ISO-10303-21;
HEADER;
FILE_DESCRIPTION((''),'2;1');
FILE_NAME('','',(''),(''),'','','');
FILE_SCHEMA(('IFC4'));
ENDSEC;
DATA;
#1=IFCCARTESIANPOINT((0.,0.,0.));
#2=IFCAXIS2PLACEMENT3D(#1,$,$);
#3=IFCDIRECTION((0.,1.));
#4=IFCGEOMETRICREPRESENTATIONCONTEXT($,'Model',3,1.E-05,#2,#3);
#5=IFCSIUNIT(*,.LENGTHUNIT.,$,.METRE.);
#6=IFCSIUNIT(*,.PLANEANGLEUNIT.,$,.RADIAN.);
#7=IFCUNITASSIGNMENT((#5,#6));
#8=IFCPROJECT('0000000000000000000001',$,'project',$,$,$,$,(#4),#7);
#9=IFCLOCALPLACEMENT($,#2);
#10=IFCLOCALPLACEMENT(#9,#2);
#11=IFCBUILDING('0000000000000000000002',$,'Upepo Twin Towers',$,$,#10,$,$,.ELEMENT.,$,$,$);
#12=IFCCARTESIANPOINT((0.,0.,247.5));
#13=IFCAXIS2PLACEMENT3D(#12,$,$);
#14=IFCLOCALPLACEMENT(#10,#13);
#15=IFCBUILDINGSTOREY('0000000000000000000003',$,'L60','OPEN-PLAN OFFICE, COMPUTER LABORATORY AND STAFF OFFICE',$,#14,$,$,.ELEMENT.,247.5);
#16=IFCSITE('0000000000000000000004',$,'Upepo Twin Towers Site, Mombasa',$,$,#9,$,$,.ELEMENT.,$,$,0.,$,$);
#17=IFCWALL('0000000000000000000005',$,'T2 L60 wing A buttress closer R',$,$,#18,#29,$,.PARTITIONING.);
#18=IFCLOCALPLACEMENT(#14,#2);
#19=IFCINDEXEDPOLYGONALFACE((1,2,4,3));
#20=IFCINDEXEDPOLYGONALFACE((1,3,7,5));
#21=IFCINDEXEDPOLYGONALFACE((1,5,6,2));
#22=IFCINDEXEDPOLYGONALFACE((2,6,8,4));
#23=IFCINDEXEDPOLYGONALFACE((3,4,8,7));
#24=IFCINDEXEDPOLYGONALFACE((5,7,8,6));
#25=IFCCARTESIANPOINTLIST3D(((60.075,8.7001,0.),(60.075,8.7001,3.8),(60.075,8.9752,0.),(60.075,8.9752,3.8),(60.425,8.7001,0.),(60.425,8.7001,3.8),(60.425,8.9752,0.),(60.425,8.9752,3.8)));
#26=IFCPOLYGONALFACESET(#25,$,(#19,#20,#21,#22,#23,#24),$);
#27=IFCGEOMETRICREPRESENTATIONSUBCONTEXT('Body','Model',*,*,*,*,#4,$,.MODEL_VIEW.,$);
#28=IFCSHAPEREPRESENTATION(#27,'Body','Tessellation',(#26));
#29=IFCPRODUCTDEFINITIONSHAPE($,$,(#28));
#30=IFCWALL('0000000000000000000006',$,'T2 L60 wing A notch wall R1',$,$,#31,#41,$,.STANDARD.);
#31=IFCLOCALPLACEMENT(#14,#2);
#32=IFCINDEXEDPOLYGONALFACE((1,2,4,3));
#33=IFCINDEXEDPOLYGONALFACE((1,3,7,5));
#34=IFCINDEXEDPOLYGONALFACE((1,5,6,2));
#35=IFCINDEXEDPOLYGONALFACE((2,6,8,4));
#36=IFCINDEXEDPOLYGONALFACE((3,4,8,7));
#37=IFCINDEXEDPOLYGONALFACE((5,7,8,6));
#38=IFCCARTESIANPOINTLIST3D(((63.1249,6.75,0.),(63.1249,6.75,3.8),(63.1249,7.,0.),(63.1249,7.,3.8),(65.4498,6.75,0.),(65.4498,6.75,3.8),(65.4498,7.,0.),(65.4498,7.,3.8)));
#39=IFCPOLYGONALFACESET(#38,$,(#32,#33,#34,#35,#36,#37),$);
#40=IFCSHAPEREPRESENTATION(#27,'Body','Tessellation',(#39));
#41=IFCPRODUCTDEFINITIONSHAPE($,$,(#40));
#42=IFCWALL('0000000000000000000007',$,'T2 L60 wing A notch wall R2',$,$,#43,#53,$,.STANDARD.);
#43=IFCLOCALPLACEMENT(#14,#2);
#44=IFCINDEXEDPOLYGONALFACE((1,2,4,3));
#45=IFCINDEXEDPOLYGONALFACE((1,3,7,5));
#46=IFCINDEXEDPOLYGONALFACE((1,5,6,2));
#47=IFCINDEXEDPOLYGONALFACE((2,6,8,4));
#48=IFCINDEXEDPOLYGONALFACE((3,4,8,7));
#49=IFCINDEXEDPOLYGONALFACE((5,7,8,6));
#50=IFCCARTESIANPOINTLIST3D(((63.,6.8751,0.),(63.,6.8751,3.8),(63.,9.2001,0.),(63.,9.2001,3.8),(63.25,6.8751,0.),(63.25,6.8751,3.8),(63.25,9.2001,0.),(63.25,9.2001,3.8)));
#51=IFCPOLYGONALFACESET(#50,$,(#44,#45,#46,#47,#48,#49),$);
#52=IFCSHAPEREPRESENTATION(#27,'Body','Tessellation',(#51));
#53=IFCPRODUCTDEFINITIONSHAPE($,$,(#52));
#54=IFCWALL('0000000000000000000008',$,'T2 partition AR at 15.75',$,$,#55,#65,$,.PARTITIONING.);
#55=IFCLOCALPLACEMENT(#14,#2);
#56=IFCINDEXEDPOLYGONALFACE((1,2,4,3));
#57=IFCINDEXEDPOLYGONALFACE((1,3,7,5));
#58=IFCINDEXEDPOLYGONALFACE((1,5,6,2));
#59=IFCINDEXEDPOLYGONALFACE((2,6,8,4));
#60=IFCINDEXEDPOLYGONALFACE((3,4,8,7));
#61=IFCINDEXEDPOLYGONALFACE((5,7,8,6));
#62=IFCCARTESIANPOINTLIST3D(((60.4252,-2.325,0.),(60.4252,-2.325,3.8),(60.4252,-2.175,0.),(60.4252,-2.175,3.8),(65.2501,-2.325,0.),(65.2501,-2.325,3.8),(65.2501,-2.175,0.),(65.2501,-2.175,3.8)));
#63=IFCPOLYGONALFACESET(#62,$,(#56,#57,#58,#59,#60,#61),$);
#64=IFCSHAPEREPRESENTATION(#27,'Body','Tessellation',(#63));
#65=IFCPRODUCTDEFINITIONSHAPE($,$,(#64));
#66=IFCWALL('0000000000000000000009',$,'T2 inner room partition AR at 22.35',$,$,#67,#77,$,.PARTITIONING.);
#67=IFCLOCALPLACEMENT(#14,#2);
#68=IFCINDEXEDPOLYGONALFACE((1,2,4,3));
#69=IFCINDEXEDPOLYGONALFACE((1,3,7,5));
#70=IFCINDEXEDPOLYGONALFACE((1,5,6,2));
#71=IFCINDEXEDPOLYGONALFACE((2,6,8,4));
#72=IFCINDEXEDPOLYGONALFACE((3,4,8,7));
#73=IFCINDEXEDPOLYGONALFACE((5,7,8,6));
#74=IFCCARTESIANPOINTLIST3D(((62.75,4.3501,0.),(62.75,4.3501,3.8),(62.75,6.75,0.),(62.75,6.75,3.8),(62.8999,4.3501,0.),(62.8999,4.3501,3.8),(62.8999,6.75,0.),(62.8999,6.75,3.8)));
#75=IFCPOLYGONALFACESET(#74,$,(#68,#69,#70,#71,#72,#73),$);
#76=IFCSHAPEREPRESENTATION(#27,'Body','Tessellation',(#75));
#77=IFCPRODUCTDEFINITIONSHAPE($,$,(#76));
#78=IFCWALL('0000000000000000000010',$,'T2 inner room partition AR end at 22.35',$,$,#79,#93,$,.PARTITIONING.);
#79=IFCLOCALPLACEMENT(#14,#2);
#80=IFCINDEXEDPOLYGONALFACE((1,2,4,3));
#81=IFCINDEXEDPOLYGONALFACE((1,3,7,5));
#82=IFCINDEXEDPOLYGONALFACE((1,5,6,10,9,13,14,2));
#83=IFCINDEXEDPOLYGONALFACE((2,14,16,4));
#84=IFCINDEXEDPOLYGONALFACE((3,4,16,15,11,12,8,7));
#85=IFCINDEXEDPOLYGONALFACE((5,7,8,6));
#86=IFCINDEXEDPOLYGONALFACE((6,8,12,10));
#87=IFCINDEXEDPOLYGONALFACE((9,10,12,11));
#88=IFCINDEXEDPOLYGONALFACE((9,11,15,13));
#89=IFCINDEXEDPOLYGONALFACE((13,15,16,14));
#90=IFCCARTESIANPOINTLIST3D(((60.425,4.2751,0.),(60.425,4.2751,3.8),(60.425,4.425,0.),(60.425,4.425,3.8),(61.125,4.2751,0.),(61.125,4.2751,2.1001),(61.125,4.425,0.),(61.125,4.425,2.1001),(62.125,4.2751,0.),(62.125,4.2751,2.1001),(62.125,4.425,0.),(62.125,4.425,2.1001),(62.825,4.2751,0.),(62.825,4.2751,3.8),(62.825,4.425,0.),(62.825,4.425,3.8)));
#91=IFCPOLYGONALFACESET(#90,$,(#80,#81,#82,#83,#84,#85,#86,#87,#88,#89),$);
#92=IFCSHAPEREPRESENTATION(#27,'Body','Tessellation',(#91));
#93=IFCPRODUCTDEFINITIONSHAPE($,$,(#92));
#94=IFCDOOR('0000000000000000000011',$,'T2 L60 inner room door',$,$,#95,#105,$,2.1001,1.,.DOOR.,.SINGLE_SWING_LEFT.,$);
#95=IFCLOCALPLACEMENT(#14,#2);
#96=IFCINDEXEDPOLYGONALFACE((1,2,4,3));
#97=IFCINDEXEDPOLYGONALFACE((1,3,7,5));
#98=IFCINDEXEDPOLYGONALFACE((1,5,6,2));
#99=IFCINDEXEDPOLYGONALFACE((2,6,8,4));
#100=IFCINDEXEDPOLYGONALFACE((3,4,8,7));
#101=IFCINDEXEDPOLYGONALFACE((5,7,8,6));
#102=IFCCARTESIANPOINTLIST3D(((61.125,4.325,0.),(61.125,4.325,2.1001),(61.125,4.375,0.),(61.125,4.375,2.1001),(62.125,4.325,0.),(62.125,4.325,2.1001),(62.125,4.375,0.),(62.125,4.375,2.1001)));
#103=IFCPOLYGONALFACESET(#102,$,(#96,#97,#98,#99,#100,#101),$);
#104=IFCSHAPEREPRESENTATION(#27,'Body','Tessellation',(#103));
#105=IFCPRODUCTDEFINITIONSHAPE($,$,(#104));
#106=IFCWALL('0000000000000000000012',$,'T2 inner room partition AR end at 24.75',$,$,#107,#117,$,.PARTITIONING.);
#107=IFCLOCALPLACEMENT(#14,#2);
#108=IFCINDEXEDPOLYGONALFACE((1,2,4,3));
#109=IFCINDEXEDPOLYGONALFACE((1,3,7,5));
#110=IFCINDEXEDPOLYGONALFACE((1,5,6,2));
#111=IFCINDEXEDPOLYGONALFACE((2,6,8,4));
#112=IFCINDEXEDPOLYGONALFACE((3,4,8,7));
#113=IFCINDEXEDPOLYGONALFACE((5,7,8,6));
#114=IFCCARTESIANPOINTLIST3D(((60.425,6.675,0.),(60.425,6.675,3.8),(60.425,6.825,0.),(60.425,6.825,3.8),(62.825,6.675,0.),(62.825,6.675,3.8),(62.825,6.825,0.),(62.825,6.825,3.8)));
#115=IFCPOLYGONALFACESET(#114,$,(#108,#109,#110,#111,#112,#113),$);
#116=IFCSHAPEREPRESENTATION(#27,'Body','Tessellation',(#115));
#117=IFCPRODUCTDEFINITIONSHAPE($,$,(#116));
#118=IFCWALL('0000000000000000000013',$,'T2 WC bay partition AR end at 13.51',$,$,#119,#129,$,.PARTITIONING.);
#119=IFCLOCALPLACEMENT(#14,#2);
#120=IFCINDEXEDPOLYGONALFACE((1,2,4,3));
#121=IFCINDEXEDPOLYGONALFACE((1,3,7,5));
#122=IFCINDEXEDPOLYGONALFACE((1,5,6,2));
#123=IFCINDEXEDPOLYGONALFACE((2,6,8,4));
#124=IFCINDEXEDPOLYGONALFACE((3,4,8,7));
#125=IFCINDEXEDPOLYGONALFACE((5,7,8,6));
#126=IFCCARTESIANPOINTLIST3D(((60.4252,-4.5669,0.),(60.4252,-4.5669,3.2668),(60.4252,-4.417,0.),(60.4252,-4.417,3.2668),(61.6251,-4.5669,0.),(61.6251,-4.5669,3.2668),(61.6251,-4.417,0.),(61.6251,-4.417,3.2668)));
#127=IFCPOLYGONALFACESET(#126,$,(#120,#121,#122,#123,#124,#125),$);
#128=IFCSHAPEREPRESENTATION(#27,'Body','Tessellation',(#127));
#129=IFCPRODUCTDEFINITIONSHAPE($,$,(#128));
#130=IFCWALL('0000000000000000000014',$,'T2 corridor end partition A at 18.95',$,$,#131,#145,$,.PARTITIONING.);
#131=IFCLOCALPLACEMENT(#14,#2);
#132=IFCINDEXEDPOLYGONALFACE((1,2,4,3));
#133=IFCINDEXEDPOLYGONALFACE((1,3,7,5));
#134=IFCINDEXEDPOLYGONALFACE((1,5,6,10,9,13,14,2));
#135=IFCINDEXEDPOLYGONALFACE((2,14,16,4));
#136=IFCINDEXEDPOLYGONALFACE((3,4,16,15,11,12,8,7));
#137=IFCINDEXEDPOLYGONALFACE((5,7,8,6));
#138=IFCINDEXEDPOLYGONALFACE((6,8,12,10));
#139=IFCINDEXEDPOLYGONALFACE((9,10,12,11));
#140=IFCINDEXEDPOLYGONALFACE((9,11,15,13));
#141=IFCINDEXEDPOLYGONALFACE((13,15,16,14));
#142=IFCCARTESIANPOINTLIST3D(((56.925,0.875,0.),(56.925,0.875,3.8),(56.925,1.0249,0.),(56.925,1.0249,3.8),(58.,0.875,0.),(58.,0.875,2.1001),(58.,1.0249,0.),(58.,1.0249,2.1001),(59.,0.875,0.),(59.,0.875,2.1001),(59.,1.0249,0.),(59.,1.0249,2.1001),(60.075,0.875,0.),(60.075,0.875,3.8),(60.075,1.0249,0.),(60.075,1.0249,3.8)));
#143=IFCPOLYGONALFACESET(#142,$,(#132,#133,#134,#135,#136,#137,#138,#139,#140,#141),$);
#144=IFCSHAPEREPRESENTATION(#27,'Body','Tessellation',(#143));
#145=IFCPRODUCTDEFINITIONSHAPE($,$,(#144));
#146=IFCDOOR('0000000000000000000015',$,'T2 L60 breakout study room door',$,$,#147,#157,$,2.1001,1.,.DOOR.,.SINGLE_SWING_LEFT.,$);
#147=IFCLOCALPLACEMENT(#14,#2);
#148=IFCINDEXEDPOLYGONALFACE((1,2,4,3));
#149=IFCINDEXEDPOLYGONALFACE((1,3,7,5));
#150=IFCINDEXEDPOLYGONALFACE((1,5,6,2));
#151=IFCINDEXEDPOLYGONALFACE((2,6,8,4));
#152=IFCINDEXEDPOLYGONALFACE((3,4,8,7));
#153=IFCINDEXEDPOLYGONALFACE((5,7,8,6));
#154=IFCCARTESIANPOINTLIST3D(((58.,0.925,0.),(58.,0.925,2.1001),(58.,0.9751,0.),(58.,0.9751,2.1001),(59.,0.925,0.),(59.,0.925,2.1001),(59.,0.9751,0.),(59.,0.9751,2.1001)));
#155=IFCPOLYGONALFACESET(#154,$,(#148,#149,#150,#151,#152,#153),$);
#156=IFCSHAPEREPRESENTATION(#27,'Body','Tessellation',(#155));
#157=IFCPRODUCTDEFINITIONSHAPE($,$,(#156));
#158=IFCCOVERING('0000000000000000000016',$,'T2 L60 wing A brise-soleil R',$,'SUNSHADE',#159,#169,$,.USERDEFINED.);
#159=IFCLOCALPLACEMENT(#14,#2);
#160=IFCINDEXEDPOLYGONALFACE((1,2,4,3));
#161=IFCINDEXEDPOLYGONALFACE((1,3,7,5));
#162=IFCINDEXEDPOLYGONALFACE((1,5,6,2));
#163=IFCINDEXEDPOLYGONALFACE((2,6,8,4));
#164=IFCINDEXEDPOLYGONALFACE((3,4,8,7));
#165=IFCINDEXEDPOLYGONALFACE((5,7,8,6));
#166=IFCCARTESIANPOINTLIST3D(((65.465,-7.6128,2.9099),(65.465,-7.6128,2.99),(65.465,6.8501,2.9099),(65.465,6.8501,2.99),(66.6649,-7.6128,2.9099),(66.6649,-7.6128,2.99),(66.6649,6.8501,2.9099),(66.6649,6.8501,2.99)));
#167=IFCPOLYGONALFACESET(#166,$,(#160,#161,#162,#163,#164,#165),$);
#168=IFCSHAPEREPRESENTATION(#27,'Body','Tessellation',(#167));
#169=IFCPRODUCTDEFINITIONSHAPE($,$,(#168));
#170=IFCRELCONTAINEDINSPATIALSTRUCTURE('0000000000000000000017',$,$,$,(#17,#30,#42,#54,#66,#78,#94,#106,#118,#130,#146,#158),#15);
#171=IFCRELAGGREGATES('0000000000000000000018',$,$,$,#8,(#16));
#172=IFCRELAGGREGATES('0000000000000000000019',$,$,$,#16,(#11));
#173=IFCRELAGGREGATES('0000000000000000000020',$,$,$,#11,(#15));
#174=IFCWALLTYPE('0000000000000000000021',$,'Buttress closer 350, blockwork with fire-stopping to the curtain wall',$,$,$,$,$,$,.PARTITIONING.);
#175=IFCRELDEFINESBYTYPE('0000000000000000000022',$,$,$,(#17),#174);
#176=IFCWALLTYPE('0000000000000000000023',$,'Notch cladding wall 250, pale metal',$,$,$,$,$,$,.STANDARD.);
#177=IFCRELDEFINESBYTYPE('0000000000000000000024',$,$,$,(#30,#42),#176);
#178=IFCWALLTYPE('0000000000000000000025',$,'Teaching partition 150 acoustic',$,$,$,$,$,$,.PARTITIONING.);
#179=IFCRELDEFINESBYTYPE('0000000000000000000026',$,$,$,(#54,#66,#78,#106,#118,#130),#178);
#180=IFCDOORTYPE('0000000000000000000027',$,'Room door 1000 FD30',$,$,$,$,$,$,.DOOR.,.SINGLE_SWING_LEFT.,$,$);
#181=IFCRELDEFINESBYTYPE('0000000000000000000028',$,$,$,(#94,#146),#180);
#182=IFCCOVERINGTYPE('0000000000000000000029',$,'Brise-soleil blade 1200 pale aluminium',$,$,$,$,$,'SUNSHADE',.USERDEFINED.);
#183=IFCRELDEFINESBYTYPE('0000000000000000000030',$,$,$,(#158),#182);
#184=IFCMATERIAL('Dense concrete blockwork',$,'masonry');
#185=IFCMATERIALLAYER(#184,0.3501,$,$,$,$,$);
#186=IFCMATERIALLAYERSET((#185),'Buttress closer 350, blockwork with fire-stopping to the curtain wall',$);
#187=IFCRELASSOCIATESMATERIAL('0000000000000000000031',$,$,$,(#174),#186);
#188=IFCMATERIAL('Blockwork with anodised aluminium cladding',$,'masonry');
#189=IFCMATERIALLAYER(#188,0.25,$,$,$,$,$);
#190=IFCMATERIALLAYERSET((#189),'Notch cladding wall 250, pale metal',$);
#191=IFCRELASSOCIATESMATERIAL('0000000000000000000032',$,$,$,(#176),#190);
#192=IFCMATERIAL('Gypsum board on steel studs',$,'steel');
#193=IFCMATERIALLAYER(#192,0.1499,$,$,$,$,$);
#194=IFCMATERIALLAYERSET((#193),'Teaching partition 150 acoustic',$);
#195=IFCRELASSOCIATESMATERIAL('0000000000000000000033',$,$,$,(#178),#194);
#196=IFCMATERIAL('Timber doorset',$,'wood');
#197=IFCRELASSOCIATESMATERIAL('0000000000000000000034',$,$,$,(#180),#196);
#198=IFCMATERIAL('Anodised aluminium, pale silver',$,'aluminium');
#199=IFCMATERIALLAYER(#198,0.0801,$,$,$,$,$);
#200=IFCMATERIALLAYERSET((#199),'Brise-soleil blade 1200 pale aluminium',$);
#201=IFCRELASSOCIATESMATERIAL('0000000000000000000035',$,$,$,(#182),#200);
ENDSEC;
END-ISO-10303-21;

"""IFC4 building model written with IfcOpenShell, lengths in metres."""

from ifc_helpers import new_model, si_unit, direction, frame, frame_2d, origin, origin_2d, place, context, subcontext, project, spatial, rectangle, extrude, material, layer, layer_set, type_object, element, fill, save


model = new_model("IFC4")

# Units and contexts
model_context = context("Model", 3, precision=1e-05, world=origin(), true_north=direction((0.0, 1.0)))
body_context = subcontext(model_context, "Body", "Model", "MODEL_VIEW")
ifc_project = project(units=[si_unit("LENGTHUNIT", "METRE"), si_unit("PLANEANGLEUNIT", "RADIAN")], contexts=[model_context])

# Site, building, storey
site_placement = place(None, origin())
site = spatial("IfcSite", under=ifc_project, at=site_placement, Name="Upepo Twin Towers Site, Mombasa", CompositionType="ELEMENT", RefElevation=0.0)
building_placement = place(site_placement, origin())
building = spatial("IfcBuilding", under=site, at=building_placement, Name="Upepo Twin Towers", CompositionType="ELEMENT")
storey_placement = place(building_placement, frame((0.0, 0.0, 247.5)))
storey = spatial("IfcBuildingStorey", under=building, at=storey_placement, Name="L60", Description="OPEN-PLAN OFFICE, COMPUTER LABORATORY AND STAFF OFFICE", CompositionType="ELEMENT", Elevation=247.5)

# Walls
ifc_material_1 = material(Name="Dense concrete blockwork", Category="masonry")
ifc_layer_1 = layer(ifc_material_1, 0.3501)
ifc_layer_set_1 = layer_set([ifc_layer_1], Name="Buttress closer 350, blockwork with fire-stopping to the curtain wall")
wall_type_1 = type_object("IfcWallType", Name="Buttress closer 350, blockwork with fire-stopping to the curtain wall", PredefinedType="PARTITIONING", material=ifc_layer_set_1)
wall_1_placement = place(storey_placement, frame((60.25, 8.7, 0.0), z_axis=(0.0, 0.0, 1.0), x_axis=(0.0, 1.0, 0.0)))
element("IfcWall", 1, at=wall_1_placement, inside=storey, type_object=wall_type_1, Name="T2 L60 wing A buttress closer R", PredefinedType="PARTITIONING", context=body_context, shape_type="SweptSolid", body=[
    extrude(rectangle(XDim=0.2751, YDim=0.3501, at=frame_2d((0.1377, 0.0))), origin(), (0.0, 0.0, 1.0), 3.8),
])
ifc_material_2 = material(Name="Blockwork with anodised aluminium cladding", Category="masonry")
ifc_layer_2 = layer(ifc_material_2, 0.25)
ifc_layer_set_2 = layer_set([ifc_layer_2], Name="Notch cladding wall 250, pale metal")
wall_type_2 = type_object("IfcWallType", Name="Notch cladding wall 250, pale metal", PredefinedType="STANDARD", material=ifc_layer_set_2)
for number, where, z_axis, x_axis, name in (
    (2, (65.45, 6.875, 0.0), (0.0, 0.0, 1.0), (-1.0, 0.0, 0.0), "T2 L60 wing A notch wall R1"),
    (3, (63.125, 6.875, 0.0), (0.0, 0.0, 1.0), (0.0, 1.0, 0.0), "T2 L60 wing A notch wall R2"),
):
    element("IfcWall", number, at=place(storey_placement, frame(where, z_axis=z_axis, x_axis=x_axis)), inside=storey, type_object=wall_type_2, Name=name, PredefinedType="STANDARD", context=body_context, shape_type="SweptSolid", body=[
        extrude(rectangle(XDim=2.325, YDim=0.25, at=frame_2d((1.1626, 0.0))), origin(), (0.0, 0.0, 1.0), 3.8),
    ])
ifc_material_3 = material(Name="Gypsum board on steel studs", Category="steel")
ifc_layer_3 = layer(ifc_material_3, 0.1499)
ifc_layer_set_3 = layer_set([ifc_layer_3], Name="Teaching partition 150 acoustic")
wall_type_3 = type_object("IfcWallType", Name="Teaching partition 150 acoustic", PredefinedType="PARTITIONING", material=ifc_layer_set_3)
wall_2_placement = place(storey_placement, frame((60.425, -2.25, 0.0), z_axis=(0.0, 0.0, 1.0), x_axis=(1.0, 0.0, 0.0)))
element("IfcWall", 4, at=wall_2_placement, inside=storey, type_object=wall_type_3, Name="T2 partition AR at 15.75", PredefinedType="PARTITIONING", context=body_context, shape_type="SweptSolid", body=[
    extrude(rectangle(XDim=4.825, YDim=0.1499, at=frame_2d((2.4126, 0.0))), origin(), (0.0, 0.0, 1.0), 3.8),
])
wall_3_placement = place(storey_placement, frame((62.825, 4.3501, 0.0), z_axis=(0.0, 0.0, 1.0), x_axis=(0.0, 1.0, 0.0)))
element("IfcWall", 5, at=wall_3_placement, inside=storey, type_object=wall_type_3, Name="T2 inner room partition AR at 22.35", PredefinedType="PARTITIONING", context=body_context, shape_type="SweptSolid", body=[
    extrude(rectangle(XDim=2.3999, YDim=0.1499, at=frame_2d((1.2, 0.0))), origin(), (0.0, 0.0, 1.0), 3.8),
])

# Wall, opening, door
wall_4_placement = place(storey_placement, frame((60.425, 4.3501, 0.0), z_axis=(0.0, 0.0, 1.0), x_axis=(1.0, 0.0, 0.0)))
wall_4 = element("IfcWall", 6, at=wall_4_placement, inside=storey, type_object=wall_type_3, Name="T2 inner room partition AR end at 22.35", PredefinedType="PARTITIONING", context=body_context, shape_type="SweptSolid", body=[
    extrude(rectangle(XDim=2.3999, YDim=0.1499, at=frame_2d((1.2, 0.0))), origin(), (0.0, 0.0, 1.0), 3.8),
])
opening_1_placement = place(wall_4_placement, frame((0.7, 0.0, 0.0)))
opening_1 = element("IfcOpeningElement", 7, at=opening_1_placement, cuts=wall_4, PredefinedType="OPENING", context=body_context, shape_type="SweptSolid", body=[
    extrude(rectangle(XDim=1.0, YDim=2.1001, at=frame_2d((0.5, 1.05))), frame((0.0, 0.085, 0.0), z_axis=(0.0, -1.0, 0.0), x_axis=(1.0, 0.0, 0.0)), (0.0, 0.0, 1.0), 0.1699),
])
ifc_material_4 = material(Name="Timber doorset", Category="wood")
door_type = type_object("IfcDoorType", Name="Room door 1000 FD30", OperationType="SINGLE_SWING_LEFT", PredefinedType="DOOR", material=ifc_material_4)
door_1_placement = place(opening_1_placement, origin())
door_1 = element("IfcDoor", 8, at=door_1_placement, inside=storey, type_object=door_type, Name="T2 L60 inner room door", OperationType="SINGLE_SWING_LEFT", OverallHeight=2.1001, OverallWidth=1.0, PredefinedType="DOOR", context=body_context, shape_type="SweptSolid", body=[
    extrude(rectangle(XDim=1.0, YDim=2.1001, at=frame_2d((0.5, 1.05))), frame((0.0, 0.0249, 0.0), z_axis=(0.0, -1.0, 0.0), x_axis=(1.0, 0.0, 0.0)), (0.0, 0.0, 1.0), 0.05),
])
fill(opening_1, door_1)

# Walls
wall_5_placement = place(storey_placement, frame((60.425, 6.75, 0.0), z_axis=(0.0, 0.0, 1.0), x_axis=(1.0, 0.0, 0.0)))
element("IfcWall", 9, at=wall_5_placement, inside=storey, type_object=wall_type_3, Name="T2 inner room partition AR end at 24.75", PredefinedType="PARTITIONING", context=body_context, shape_type="SweptSolid", body=[
    extrude(rectangle(XDim=2.3999, YDim=0.1499, at=frame_2d((1.2, 0.0))), origin(), (0.0, 0.0, 1.0), 3.8),
])
wall_6_placement = place(storey_placement, frame((60.425, -4.4919, 0.0), z_axis=(0.0, 0.0, 1.0), x_axis=(1.0, 0.0, 0.0)))
element("IfcWall", 10, at=wall_6_placement, inside=storey, type_object=wall_type_3, Name="T2 WC bay partition AR end at 13.51", PredefinedType="PARTITIONING", context=body_context, shape_type="SweptSolid", body=[
    extrude(rectangle(XDim=1.2, YDim=0.1499, at=frame_2d((0.6001, 0.0))), origin(), (0.0, 0.0, 1.0), 3.2668),
])

# Wall, opening, door
wall_7_placement = place(storey_placement, frame((60.075, 0.95, 0.0), z_axis=(0.0, 0.0, 1.0), x_axis=(-1.0, 0.0, 0.0)))
wall_7 = element("IfcWall", 11, at=wall_7_placement, inside=storey, type_object=wall_type_3, Name="T2 corridor end partition A at 18.95", PredefinedType="PARTITIONING", context=body_context, shape_type="SweptSolid", body=[
    extrude(rectangle(XDim=3.1499, YDim=0.1499, at=frame_2d((1.575, 0.0))), origin(), (0.0, 0.0, 1.0), 3.8),
])
opening_2_placement = place(wall_7_placement, frame((1.075, 0.0, 0.0)))
opening_2 = element("IfcOpeningElement", 12, at=opening_2_placement, cuts=wall_7, PredefinedType="OPENING", context=body_context, shape_type="SweptSolid", body=[
    extrude(rectangle(XDim=1.0, YDim=2.1001, at=frame_2d((0.5, 1.05))), frame((0.0, 0.085, 0.0), z_axis=(0.0, -1.0, 0.0), x_axis=(1.0, 0.0, 0.0)), (0.0, 0.0, 1.0), 0.1699),
])
door_2_placement = place(opening_2_placement, origin())
door_2 = element("IfcDoor", 13, at=door_2_placement, inside=storey, type_object=door_type, Name="T2 L60 breakout study room door", OperationType="SINGLE_SWING_LEFT", OverallHeight=2.1001, OverallWidth=1.0, PredefinedType="DOOR", context=body_context, shape_type="SweptSolid", body=[
    extrude(rectangle(XDim=1.0, YDim=2.1001, at=frame_2d((0.5, 1.05))), frame((0.0, 0.0249, 0.0), z_axis=(0.0, -1.0, 0.0), x_axis=(1.0, 0.0, 0.0)), (0.0, 0.0, 1.0), 0.05),
])
fill(opening_2, door_2)

# Covering
ifc_material_5 = material(Name="Anodised aluminium, pale silver", Category="aluminium")
ifc_layer_4 = layer(ifc_material_5, 0.0801)
ifc_layer_set_4 = layer_set([ifc_layer_4], Name="Brise-soleil blade 1200 pale aluminium")
covering_type = type_object("IfcCoveringType", Name="Brise-soleil blade 1200 pale aluminium", ElementType="SUNSHADE", PredefinedType="USERDEFINED", material=ifc_layer_set_4)
covering_placement = place(storey_placement, frame((66.0649, -0.3813, 2.9099), z_axis=(0.0, 0.0, 1.0), x_axis=(0.0, 1.0, 0.0)))
element("IfcCovering", 14, at=covering_placement, inside=storey, type_object=covering_type, Name="T2 L60 wing A brise-soleil R", ObjectType="SUNSHADE", PredefinedType="USERDEFINED", context=body_context, shape_type="SweptSolid", body=[
    extrude(rectangle(XDim=14.4629, YDim=1.2, at=origin_2d()), origin(), (0.0, 0.0, 1.0), 0.0801),
])

save(model, "model.ifc")
